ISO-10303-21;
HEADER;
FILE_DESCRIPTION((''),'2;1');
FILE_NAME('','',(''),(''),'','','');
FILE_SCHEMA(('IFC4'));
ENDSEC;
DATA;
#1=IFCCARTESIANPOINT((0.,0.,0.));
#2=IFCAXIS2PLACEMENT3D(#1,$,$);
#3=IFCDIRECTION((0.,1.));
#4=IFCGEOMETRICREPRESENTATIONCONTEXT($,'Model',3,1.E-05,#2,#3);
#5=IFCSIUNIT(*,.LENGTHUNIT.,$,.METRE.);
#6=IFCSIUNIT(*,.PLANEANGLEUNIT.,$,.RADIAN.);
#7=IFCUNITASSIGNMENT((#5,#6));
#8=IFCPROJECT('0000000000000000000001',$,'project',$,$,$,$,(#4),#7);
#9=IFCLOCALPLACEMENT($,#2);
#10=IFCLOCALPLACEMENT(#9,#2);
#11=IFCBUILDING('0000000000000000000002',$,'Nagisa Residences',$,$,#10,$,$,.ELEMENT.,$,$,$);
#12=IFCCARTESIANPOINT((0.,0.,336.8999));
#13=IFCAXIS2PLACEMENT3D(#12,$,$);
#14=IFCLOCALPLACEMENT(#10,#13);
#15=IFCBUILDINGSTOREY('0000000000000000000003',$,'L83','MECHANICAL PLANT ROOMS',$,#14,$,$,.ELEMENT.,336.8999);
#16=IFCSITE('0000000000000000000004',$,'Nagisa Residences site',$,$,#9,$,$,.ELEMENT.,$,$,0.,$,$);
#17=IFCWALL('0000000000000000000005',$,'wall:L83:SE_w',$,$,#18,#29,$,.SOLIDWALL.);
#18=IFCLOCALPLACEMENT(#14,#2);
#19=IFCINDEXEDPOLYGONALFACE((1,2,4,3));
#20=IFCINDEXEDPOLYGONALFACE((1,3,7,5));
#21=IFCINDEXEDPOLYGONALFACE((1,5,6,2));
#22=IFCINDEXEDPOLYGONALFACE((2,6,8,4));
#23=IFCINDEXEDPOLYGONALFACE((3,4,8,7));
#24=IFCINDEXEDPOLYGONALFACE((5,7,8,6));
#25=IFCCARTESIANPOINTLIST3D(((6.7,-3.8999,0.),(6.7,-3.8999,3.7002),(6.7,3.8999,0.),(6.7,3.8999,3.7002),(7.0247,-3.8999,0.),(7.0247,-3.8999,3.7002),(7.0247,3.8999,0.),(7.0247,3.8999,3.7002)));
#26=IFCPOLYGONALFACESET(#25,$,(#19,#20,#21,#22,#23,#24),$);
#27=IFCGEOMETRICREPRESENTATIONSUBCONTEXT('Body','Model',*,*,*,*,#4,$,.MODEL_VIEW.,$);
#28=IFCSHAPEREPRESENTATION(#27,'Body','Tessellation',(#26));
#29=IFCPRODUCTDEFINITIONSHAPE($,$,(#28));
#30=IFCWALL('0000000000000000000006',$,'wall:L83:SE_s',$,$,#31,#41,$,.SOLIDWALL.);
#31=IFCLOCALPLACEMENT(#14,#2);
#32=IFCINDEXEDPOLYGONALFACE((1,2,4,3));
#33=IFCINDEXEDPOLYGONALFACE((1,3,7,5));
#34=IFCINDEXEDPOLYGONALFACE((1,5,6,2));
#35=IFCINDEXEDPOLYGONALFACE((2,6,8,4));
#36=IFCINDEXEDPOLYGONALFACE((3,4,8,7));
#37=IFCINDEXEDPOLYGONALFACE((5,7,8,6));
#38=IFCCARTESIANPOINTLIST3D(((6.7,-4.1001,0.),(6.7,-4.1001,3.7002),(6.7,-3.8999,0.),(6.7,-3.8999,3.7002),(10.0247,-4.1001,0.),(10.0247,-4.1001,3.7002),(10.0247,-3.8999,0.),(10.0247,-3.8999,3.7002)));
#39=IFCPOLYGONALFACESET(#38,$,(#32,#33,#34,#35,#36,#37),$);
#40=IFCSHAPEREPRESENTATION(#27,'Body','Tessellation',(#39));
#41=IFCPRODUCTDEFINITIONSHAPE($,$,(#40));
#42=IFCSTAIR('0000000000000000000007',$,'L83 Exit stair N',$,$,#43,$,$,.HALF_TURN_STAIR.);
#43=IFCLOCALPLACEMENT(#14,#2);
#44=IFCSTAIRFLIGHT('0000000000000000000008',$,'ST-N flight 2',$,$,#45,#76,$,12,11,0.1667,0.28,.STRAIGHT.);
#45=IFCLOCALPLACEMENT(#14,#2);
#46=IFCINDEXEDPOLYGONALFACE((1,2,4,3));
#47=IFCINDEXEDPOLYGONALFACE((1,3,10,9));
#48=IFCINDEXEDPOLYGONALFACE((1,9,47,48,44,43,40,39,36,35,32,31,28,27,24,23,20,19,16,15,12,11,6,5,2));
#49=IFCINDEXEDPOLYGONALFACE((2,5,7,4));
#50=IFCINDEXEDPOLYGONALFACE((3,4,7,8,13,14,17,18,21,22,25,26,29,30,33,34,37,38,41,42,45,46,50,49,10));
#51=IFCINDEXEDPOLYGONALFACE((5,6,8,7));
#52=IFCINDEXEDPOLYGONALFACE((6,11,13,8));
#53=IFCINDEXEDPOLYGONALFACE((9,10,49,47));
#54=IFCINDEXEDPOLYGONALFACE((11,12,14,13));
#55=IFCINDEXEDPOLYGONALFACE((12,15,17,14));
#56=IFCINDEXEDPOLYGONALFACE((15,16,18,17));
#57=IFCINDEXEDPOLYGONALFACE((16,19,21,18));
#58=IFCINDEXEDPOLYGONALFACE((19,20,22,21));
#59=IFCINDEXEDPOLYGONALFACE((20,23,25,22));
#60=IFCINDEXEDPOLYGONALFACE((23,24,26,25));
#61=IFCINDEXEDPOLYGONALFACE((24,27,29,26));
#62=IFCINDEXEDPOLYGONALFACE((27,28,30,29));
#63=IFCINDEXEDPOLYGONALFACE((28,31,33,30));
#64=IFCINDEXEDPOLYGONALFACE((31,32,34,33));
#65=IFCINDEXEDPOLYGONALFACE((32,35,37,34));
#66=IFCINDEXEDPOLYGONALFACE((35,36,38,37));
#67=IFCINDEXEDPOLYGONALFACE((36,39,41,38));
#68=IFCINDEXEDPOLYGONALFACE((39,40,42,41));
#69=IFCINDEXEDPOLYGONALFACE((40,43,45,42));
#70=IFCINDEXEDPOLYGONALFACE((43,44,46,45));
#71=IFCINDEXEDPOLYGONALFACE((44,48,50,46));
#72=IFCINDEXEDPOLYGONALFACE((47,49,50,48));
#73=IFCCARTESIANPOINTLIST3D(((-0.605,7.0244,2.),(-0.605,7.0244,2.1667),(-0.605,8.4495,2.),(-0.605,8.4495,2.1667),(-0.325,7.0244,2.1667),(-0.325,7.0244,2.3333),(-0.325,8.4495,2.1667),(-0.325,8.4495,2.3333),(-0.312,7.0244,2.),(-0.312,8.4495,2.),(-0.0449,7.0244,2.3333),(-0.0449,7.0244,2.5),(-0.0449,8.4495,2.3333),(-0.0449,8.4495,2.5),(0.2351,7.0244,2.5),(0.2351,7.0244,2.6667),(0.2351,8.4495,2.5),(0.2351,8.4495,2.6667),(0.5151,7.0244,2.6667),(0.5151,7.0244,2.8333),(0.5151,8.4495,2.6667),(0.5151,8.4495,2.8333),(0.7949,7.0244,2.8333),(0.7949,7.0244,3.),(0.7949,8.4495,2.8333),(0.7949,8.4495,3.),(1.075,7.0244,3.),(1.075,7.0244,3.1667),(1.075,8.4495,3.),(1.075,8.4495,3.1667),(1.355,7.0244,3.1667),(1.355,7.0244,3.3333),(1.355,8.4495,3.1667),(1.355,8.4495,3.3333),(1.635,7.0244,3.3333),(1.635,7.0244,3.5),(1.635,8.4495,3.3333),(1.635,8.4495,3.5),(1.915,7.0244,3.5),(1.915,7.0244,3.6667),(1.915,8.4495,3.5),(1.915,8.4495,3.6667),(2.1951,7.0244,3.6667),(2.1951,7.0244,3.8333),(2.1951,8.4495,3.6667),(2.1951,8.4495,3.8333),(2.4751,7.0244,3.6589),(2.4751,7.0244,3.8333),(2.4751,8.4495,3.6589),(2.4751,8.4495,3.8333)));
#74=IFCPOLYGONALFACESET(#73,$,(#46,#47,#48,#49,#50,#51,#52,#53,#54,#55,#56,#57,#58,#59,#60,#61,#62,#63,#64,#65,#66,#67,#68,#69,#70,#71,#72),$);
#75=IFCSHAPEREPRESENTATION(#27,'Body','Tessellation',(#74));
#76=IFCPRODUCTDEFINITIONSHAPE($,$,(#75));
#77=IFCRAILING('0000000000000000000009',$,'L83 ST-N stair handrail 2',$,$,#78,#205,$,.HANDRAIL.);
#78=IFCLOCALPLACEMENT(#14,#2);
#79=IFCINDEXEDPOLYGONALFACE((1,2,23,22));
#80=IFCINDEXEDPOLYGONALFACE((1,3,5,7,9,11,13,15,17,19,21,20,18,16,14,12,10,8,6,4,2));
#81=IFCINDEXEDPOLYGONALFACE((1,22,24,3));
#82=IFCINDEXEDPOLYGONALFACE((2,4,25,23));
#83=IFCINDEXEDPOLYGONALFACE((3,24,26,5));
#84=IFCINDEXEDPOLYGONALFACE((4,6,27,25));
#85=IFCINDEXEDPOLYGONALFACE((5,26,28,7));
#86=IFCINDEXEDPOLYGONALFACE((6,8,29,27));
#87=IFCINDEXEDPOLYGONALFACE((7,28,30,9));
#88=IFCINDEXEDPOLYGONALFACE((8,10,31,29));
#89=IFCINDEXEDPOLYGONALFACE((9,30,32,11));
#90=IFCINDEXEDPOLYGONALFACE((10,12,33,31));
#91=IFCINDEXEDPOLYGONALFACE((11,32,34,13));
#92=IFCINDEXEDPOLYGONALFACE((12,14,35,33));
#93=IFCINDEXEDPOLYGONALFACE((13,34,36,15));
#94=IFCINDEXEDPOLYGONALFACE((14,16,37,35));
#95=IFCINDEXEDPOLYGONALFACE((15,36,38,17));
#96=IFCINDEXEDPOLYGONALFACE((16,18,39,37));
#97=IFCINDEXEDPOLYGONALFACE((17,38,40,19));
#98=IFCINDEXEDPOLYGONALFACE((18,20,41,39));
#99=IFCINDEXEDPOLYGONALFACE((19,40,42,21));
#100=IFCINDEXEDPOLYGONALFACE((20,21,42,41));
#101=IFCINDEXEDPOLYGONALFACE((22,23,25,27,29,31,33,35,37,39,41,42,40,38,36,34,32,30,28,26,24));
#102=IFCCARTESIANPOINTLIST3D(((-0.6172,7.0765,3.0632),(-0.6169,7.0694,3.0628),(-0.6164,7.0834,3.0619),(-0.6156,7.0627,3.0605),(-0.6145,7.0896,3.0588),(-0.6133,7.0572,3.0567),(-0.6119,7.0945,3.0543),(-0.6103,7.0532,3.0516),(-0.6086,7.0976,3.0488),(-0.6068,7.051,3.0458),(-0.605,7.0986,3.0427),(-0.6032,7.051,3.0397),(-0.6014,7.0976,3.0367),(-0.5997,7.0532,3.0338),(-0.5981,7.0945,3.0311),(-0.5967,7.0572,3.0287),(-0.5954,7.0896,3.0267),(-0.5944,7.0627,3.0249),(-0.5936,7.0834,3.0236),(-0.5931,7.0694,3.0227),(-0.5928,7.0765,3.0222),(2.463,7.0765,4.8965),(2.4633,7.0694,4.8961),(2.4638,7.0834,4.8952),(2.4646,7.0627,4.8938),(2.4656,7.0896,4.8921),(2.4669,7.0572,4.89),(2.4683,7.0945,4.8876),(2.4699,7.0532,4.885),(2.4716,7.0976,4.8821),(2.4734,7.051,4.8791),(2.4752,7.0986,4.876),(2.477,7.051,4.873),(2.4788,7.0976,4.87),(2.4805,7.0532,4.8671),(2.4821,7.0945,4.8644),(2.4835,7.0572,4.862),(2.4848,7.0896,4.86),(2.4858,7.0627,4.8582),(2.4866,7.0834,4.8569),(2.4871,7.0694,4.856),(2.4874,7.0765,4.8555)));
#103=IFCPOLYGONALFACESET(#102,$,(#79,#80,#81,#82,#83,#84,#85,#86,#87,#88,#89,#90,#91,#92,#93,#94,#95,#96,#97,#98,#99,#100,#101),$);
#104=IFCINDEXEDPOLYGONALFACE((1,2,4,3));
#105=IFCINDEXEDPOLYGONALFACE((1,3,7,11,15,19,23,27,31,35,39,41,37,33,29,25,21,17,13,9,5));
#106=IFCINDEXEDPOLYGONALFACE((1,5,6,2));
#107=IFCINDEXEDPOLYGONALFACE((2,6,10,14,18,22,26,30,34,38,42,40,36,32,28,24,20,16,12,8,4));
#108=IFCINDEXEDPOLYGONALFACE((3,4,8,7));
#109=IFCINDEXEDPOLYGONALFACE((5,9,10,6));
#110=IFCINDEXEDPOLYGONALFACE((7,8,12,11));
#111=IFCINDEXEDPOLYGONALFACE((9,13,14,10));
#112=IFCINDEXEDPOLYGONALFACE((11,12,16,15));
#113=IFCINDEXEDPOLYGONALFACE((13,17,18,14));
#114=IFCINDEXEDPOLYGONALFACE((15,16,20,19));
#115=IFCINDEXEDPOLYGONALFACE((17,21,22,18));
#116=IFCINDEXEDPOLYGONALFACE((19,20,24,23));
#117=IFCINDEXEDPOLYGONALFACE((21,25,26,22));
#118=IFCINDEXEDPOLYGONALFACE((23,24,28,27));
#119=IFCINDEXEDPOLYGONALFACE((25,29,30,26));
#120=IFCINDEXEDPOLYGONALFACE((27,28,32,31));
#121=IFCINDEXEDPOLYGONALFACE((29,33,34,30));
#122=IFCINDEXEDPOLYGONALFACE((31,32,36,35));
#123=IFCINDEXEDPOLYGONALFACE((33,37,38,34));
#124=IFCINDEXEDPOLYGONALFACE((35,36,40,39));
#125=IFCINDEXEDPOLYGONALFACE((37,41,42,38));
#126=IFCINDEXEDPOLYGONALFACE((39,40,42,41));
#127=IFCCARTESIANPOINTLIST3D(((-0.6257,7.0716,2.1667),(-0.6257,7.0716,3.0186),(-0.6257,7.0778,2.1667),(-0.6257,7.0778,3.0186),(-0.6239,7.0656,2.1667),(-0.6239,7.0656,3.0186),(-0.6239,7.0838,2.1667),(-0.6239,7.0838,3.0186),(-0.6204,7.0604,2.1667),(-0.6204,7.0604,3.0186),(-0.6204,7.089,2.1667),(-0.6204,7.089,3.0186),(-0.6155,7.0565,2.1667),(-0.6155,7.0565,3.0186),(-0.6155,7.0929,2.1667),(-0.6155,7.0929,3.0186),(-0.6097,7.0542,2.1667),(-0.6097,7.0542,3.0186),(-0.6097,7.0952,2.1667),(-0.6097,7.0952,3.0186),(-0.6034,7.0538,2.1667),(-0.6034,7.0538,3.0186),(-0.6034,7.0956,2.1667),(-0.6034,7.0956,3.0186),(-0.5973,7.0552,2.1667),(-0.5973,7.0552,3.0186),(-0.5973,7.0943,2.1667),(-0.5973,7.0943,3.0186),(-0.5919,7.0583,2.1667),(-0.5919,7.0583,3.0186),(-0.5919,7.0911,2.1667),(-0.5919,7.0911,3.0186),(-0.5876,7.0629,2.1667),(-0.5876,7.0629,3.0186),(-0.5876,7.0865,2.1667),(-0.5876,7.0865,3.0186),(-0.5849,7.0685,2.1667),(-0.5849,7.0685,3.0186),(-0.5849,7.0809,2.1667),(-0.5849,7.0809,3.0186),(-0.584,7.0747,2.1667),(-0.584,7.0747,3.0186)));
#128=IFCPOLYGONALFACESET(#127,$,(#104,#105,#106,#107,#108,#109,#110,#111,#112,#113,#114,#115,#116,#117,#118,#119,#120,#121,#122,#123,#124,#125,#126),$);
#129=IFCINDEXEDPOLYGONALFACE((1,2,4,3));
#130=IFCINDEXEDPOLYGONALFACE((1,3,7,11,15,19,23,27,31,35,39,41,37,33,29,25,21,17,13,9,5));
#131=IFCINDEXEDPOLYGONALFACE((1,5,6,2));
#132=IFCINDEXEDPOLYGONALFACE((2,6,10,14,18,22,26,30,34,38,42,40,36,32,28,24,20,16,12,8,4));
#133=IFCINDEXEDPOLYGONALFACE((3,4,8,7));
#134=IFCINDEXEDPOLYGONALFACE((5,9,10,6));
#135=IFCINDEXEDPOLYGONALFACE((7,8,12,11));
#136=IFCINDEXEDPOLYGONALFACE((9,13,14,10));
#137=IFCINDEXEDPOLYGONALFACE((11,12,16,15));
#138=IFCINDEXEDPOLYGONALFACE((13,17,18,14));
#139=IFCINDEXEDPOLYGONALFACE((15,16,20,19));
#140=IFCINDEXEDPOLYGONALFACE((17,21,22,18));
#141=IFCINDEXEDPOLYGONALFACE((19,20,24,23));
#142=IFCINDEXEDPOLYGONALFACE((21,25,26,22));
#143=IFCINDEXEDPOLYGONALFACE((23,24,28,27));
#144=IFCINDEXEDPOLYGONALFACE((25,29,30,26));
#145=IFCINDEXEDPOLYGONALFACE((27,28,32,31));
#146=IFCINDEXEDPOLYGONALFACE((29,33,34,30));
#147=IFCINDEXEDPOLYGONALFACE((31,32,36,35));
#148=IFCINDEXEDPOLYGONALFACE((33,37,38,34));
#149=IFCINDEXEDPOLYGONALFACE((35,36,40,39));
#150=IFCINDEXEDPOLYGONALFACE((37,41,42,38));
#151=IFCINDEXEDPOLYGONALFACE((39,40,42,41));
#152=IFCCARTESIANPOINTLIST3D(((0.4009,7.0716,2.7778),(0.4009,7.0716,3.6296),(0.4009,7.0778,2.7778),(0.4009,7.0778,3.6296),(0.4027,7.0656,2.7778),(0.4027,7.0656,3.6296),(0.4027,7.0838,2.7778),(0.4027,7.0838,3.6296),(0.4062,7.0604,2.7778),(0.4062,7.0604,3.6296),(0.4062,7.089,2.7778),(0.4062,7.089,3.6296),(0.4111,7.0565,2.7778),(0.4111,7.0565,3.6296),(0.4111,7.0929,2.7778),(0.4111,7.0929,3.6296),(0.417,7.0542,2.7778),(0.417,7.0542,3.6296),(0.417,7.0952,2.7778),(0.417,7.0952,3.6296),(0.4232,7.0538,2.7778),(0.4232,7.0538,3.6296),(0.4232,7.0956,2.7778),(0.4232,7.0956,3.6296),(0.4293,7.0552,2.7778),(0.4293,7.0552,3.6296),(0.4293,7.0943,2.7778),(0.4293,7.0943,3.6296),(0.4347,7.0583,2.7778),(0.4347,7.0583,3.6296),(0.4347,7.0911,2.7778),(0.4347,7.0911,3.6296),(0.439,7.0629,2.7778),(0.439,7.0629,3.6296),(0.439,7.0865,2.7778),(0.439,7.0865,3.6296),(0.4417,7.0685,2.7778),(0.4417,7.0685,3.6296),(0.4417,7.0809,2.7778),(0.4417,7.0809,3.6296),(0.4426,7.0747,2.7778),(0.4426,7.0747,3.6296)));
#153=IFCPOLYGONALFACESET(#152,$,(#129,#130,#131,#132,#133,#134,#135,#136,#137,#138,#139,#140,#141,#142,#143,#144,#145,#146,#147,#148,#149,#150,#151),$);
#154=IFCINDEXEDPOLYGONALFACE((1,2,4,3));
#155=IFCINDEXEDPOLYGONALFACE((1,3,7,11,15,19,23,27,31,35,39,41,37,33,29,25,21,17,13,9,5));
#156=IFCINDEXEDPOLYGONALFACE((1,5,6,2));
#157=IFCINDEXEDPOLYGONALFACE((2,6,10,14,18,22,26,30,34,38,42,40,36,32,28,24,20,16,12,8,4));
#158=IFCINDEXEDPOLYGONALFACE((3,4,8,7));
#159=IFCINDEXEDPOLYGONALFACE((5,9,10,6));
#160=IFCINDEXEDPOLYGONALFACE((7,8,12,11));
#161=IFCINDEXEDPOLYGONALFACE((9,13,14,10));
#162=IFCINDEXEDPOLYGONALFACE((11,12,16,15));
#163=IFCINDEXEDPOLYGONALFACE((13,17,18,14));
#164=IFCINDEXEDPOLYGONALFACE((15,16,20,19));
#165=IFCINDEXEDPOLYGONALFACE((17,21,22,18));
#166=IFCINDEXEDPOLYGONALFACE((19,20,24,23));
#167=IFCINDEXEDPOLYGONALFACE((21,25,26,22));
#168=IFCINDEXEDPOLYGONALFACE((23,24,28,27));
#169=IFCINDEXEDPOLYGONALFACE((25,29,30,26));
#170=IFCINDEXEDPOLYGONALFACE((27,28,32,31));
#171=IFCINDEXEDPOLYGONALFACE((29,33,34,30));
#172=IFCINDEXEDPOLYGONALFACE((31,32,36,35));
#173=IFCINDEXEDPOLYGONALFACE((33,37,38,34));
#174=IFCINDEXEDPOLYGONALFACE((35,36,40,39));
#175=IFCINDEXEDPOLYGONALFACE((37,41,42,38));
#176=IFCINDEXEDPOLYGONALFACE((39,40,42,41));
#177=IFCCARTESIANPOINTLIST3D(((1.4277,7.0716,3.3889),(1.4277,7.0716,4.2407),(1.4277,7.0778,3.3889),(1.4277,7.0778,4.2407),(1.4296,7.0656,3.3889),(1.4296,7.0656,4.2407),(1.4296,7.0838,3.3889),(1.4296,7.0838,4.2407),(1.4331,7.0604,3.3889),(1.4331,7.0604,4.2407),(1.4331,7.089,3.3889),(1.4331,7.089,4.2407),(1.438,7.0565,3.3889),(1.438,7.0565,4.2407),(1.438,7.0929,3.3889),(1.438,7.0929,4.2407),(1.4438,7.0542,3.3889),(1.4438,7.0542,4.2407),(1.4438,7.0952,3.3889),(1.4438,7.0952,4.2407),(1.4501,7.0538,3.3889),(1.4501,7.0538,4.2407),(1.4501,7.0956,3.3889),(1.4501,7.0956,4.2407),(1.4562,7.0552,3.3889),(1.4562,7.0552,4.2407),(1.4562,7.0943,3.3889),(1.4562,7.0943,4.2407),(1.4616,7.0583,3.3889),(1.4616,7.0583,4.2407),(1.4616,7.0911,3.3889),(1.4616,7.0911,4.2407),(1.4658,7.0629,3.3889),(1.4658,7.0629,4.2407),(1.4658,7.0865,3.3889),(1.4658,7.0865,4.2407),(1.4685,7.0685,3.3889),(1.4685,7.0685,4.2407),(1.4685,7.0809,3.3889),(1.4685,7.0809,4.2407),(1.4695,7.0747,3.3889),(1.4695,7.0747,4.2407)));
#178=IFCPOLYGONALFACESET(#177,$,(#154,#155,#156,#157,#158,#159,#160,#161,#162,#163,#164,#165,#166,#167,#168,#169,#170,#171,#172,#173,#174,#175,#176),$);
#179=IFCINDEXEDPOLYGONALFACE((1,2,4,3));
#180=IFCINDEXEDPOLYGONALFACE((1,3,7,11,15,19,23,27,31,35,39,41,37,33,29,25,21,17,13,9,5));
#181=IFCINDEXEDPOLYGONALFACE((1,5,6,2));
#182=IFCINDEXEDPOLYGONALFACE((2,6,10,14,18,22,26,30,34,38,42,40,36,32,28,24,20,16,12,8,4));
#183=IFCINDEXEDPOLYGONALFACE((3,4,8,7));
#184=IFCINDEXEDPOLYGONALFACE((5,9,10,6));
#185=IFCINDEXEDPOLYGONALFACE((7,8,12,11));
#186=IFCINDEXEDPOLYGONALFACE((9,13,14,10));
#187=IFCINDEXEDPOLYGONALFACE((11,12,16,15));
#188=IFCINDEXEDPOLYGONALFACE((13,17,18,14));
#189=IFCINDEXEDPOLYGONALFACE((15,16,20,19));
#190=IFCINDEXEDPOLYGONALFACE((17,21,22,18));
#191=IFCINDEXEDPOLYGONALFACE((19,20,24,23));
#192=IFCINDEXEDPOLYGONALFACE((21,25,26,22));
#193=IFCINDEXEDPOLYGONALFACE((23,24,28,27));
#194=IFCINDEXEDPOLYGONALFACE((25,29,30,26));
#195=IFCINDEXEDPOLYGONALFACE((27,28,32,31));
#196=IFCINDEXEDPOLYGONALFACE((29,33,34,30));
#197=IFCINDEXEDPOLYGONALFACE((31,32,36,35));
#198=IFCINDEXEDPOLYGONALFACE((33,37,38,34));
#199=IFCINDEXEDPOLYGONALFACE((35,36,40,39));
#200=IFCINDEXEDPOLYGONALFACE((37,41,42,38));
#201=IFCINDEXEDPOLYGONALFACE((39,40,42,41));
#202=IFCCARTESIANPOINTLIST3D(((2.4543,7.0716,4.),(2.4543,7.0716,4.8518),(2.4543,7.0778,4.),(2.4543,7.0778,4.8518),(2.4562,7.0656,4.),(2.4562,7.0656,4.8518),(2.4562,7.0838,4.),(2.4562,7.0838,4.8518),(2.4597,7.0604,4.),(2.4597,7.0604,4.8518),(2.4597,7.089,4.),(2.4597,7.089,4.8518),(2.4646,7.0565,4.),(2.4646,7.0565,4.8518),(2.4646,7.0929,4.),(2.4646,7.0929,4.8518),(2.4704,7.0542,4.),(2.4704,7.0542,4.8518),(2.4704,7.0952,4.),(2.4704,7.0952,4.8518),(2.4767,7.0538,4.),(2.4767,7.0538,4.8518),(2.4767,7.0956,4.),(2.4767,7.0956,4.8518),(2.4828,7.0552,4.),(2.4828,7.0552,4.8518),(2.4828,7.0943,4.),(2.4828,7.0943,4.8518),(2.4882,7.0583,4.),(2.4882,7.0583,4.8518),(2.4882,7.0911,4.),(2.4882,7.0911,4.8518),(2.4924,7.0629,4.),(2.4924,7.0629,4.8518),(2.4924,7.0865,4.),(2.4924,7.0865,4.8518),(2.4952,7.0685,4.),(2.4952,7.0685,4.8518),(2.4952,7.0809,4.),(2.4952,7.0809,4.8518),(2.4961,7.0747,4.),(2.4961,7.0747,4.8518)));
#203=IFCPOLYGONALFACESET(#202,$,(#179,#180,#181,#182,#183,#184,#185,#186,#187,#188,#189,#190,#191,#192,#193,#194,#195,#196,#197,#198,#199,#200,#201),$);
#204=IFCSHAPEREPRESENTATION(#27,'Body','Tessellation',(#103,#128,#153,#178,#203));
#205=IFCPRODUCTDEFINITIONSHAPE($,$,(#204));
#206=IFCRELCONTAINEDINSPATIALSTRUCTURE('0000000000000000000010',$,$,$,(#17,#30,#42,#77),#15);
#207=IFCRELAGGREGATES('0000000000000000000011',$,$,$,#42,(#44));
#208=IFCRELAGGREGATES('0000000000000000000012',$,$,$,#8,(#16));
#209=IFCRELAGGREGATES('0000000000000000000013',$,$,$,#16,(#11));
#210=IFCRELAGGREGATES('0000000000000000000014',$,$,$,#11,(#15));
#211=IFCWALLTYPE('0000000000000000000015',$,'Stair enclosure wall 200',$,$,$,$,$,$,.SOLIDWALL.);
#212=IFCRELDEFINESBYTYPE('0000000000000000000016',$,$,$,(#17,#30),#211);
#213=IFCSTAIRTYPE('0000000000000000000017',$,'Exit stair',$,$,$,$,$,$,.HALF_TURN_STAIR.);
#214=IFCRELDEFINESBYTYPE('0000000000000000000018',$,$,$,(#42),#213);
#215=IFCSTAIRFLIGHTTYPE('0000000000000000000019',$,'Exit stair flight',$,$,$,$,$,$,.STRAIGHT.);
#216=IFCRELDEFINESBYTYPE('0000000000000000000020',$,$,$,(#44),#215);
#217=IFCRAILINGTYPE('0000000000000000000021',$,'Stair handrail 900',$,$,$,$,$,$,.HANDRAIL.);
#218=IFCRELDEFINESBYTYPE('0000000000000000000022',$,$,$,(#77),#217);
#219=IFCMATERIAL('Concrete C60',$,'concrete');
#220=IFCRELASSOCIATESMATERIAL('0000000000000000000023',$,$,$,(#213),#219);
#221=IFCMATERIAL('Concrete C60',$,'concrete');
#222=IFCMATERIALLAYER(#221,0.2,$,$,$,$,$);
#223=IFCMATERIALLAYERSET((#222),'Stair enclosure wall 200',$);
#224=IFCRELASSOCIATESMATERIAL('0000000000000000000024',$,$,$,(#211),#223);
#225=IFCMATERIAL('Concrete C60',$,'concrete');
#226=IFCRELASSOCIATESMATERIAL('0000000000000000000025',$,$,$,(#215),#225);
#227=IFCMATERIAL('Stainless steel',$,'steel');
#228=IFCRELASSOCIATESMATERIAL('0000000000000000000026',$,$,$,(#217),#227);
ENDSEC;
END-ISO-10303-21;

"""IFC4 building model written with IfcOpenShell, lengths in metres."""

from ifc_helpers import new_model, si_unit, direction, frame, origin, origin_2d, place, context, subcontext, project, spatial, polyline, circle, outline, extrude, material, layer, layer_set, type_object, element, aggregate, save


model = new_model("IFC4")

# Units and contexts
model_context = context("Model", 3, precision=1e-05, world=origin(), true_north=direction((0.0, 1.0)))
body_context = subcontext(model_context, "Body", "Model", "MODEL_VIEW")
ifc_project = project(units=[si_unit("LENGTHUNIT", "METRE"), si_unit("PLANEANGLEUNIT", "RADIAN")], contexts=[model_context])

# Site, building, storey
site_placement = place(None, origin())
site = spatial("IfcSite", under=ifc_project, at=site_placement, Name="Nagisa Residences site", CompositionType="ELEMENT", RefElevation=0.0)
building_placement = place(site_placement, origin())
building = spatial("IfcBuilding", under=site, at=building_placement, Name="Nagisa Residences", CompositionType="ELEMENT")
storey_placement = place(building_placement, frame((0.0, 0.0, 336.8999)))
storey = spatial("IfcBuildingStorey", under=building, at=storey_placement, Name="L83", Description="MECHANICAL PLANT ROOMS", CompositionType="ELEMENT", Elevation=336.8999)

# Shared definitions
ifc_material_1 = material(Name="Concrete C60", Category="concrete")
stair_type = type_object("IfcStairType", Name="Exit stair", PredefinedType="HALF_TURN_STAIR", material=ifc_material_1)

# Walls
ifc_material_2 = material(Name="Concrete C60", Category="concrete")
ifc_layer_1 = layer(ifc_material_2, 0.2)
ifc_layer_set_1 = layer_set([ifc_layer_1], Name="Stair enclosure wall 200")
wall_type_1 = type_object("IfcWallType", Name="Stair enclosure wall 200", PredefinedType="SOLIDWALL", material=ifc_layer_set_1)
wall_1_placement = place(storey_placement, origin())
element("IfcWall", 1, at=wall_1_placement, inside=storey, type_object=wall_type_1, Name="wall:L83:SE_w", PredefinedType="SOLIDWALL", context=body_context, shape_type="SweptSolid", body=[
    extrude(outline(polyline([(7.0247, -3.8999), (6.7, -3.8999), (6.7, 3.8999), (7.0247, 3.8999), (7.0247, -3.8999)])), origin(), (0.0, 0.0, 1.0), 3.7002),
])
wall_2_placement = place(storey_placement, origin())
element("IfcWall", 2, at=wall_2_placement, inside=storey, type_object=wall_type_1, Name="wall:L83:SE_s", PredefinedType="SOLIDWALL", context=body_context, shape_type="SweptSolid", body=[
    extrude(outline(polyline([(10.0247, -4.1001), (6.7, -4.1001), (6.7, -3.8999), (10.0247, -3.8999), (10.0247, -4.1001)])), origin(), (0.0, 0.0, 1.0), 3.7002),
])

# Stair, stair flight
stair_1_placement = place(storey_placement, origin())
stair_1 = element("IfcStair", 3, at=stair_1_placement, inside=storey, type_object=stair_type, Name="L83 Exit stair N", PredefinedType="HALF_TURN_STAIR")
ifc_material_3 = material(Name="Concrete C60", Category="concrete")
stair_flight_type = type_object("IfcStairFlightType", Name="Exit stair flight", PredefinedType="STRAIGHT", material=ifc_material_3)
stair_flight_placement = place(storey_placement, frame((-0.605, 7.7371, 2.0), z_axis=(0.0, 0.0, 1.0), x_axis=(1.0, 0.0, 0.0)))
stair_flight = element("IfcStairFlight", 4, at=stair_flight_placement, type_object=stair_flight_type, Name="ST-N flight 2", NumberOfRisers=12, NumberOfTreads=11, PredefinedType="STRAIGHT", RiserHeight=0.1667, TreadLength=0.28, context=body_context, shape_type="SweptSolid", body=[
    extrude(outline(polyline([(0.0, 0.0), (0.0, 0.1667), (0.28, 0.1667), (0.28, 0.3333), (0.5601, 0.3333), (0.5601, 0.5), (0.8401, 0.5), (0.8401, 0.6667), (1.1201, 0.6667), (1.1201, 0.8333), (1.3999, 0.8333), (1.3999, 1.0), (1.6799, 1.0), (1.6799, 1.1667), (1.96, 1.1667), (1.96, 1.3333), (2.24, 1.3333), (2.24, 1.5), (2.52, 1.5), (2.52, 1.6667), (2.8, 1.6667), (2.8, 1.8333), (3.0801, 1.8333), (3.0801, 2.0), (3.0801, 1.6589), (0.293, 0.0), (0.0, 0.0)])), frame((0.0, 0.7124, 0.0), z_axis=(0.0, -1.0, 0.0), x_axis=(1.0, 0.0, 0.0)), (0.0, 0.0, 1.0), 1.425),
])
aggregate(stair_1, [stair_flight])

# Railing
ifc_material_4 = material(Name="Stainless steel", Category="steel")
railing_type = type_object("IfcRailingType", Name="Stair handrail 900", PredefinedType="HANDRAIL", material=ifc_material_4)
railing_placement = place(storey_placement, frame((-0.605, 7.0747, 2.1667)))
element("IfcRailing", 5, at=railing_placement, inside=storey, type_object=railing_type, Name="L83 ST-N stair handrail 2", PredefinedType="HANDRAIL", context=body_context, shape_type="SweptSolid", body=[
    extrude(circle(Radius=0.0239, at=origin_2d()), frame((0.0, 0.0, 0.876), z_axis=(0.859309, 0.0, 0.511458), x_axis=(0.0, 1.0, 0.0)), (0.0, 0.0, 1.0), 3.5845),
    extrude(circle(Radius=0.021, at=origin_2d()), origin(), (0.0, 0.0, 1.0), 0.8518),
    extrude(circle(Radius=0.021, at=origin_2d()), frame((1.0266, 0.0, 0.6111)), (0.0, 0.0, 1.0), 0.8518),
    extrude(circle(Radius=0.021, at=origin_2d()), frame((2.0535, 0.0, 1.2222)), (0.0, 0.0, 1.0), 0.8518),
    extrude(circle(Radius=0.021, at=origin_2d()), frame((3.0801, 0.0, 1.8333)), (0.0, 0.0, 1.0), 0.8518),
])

save(model, "model.ifc")
